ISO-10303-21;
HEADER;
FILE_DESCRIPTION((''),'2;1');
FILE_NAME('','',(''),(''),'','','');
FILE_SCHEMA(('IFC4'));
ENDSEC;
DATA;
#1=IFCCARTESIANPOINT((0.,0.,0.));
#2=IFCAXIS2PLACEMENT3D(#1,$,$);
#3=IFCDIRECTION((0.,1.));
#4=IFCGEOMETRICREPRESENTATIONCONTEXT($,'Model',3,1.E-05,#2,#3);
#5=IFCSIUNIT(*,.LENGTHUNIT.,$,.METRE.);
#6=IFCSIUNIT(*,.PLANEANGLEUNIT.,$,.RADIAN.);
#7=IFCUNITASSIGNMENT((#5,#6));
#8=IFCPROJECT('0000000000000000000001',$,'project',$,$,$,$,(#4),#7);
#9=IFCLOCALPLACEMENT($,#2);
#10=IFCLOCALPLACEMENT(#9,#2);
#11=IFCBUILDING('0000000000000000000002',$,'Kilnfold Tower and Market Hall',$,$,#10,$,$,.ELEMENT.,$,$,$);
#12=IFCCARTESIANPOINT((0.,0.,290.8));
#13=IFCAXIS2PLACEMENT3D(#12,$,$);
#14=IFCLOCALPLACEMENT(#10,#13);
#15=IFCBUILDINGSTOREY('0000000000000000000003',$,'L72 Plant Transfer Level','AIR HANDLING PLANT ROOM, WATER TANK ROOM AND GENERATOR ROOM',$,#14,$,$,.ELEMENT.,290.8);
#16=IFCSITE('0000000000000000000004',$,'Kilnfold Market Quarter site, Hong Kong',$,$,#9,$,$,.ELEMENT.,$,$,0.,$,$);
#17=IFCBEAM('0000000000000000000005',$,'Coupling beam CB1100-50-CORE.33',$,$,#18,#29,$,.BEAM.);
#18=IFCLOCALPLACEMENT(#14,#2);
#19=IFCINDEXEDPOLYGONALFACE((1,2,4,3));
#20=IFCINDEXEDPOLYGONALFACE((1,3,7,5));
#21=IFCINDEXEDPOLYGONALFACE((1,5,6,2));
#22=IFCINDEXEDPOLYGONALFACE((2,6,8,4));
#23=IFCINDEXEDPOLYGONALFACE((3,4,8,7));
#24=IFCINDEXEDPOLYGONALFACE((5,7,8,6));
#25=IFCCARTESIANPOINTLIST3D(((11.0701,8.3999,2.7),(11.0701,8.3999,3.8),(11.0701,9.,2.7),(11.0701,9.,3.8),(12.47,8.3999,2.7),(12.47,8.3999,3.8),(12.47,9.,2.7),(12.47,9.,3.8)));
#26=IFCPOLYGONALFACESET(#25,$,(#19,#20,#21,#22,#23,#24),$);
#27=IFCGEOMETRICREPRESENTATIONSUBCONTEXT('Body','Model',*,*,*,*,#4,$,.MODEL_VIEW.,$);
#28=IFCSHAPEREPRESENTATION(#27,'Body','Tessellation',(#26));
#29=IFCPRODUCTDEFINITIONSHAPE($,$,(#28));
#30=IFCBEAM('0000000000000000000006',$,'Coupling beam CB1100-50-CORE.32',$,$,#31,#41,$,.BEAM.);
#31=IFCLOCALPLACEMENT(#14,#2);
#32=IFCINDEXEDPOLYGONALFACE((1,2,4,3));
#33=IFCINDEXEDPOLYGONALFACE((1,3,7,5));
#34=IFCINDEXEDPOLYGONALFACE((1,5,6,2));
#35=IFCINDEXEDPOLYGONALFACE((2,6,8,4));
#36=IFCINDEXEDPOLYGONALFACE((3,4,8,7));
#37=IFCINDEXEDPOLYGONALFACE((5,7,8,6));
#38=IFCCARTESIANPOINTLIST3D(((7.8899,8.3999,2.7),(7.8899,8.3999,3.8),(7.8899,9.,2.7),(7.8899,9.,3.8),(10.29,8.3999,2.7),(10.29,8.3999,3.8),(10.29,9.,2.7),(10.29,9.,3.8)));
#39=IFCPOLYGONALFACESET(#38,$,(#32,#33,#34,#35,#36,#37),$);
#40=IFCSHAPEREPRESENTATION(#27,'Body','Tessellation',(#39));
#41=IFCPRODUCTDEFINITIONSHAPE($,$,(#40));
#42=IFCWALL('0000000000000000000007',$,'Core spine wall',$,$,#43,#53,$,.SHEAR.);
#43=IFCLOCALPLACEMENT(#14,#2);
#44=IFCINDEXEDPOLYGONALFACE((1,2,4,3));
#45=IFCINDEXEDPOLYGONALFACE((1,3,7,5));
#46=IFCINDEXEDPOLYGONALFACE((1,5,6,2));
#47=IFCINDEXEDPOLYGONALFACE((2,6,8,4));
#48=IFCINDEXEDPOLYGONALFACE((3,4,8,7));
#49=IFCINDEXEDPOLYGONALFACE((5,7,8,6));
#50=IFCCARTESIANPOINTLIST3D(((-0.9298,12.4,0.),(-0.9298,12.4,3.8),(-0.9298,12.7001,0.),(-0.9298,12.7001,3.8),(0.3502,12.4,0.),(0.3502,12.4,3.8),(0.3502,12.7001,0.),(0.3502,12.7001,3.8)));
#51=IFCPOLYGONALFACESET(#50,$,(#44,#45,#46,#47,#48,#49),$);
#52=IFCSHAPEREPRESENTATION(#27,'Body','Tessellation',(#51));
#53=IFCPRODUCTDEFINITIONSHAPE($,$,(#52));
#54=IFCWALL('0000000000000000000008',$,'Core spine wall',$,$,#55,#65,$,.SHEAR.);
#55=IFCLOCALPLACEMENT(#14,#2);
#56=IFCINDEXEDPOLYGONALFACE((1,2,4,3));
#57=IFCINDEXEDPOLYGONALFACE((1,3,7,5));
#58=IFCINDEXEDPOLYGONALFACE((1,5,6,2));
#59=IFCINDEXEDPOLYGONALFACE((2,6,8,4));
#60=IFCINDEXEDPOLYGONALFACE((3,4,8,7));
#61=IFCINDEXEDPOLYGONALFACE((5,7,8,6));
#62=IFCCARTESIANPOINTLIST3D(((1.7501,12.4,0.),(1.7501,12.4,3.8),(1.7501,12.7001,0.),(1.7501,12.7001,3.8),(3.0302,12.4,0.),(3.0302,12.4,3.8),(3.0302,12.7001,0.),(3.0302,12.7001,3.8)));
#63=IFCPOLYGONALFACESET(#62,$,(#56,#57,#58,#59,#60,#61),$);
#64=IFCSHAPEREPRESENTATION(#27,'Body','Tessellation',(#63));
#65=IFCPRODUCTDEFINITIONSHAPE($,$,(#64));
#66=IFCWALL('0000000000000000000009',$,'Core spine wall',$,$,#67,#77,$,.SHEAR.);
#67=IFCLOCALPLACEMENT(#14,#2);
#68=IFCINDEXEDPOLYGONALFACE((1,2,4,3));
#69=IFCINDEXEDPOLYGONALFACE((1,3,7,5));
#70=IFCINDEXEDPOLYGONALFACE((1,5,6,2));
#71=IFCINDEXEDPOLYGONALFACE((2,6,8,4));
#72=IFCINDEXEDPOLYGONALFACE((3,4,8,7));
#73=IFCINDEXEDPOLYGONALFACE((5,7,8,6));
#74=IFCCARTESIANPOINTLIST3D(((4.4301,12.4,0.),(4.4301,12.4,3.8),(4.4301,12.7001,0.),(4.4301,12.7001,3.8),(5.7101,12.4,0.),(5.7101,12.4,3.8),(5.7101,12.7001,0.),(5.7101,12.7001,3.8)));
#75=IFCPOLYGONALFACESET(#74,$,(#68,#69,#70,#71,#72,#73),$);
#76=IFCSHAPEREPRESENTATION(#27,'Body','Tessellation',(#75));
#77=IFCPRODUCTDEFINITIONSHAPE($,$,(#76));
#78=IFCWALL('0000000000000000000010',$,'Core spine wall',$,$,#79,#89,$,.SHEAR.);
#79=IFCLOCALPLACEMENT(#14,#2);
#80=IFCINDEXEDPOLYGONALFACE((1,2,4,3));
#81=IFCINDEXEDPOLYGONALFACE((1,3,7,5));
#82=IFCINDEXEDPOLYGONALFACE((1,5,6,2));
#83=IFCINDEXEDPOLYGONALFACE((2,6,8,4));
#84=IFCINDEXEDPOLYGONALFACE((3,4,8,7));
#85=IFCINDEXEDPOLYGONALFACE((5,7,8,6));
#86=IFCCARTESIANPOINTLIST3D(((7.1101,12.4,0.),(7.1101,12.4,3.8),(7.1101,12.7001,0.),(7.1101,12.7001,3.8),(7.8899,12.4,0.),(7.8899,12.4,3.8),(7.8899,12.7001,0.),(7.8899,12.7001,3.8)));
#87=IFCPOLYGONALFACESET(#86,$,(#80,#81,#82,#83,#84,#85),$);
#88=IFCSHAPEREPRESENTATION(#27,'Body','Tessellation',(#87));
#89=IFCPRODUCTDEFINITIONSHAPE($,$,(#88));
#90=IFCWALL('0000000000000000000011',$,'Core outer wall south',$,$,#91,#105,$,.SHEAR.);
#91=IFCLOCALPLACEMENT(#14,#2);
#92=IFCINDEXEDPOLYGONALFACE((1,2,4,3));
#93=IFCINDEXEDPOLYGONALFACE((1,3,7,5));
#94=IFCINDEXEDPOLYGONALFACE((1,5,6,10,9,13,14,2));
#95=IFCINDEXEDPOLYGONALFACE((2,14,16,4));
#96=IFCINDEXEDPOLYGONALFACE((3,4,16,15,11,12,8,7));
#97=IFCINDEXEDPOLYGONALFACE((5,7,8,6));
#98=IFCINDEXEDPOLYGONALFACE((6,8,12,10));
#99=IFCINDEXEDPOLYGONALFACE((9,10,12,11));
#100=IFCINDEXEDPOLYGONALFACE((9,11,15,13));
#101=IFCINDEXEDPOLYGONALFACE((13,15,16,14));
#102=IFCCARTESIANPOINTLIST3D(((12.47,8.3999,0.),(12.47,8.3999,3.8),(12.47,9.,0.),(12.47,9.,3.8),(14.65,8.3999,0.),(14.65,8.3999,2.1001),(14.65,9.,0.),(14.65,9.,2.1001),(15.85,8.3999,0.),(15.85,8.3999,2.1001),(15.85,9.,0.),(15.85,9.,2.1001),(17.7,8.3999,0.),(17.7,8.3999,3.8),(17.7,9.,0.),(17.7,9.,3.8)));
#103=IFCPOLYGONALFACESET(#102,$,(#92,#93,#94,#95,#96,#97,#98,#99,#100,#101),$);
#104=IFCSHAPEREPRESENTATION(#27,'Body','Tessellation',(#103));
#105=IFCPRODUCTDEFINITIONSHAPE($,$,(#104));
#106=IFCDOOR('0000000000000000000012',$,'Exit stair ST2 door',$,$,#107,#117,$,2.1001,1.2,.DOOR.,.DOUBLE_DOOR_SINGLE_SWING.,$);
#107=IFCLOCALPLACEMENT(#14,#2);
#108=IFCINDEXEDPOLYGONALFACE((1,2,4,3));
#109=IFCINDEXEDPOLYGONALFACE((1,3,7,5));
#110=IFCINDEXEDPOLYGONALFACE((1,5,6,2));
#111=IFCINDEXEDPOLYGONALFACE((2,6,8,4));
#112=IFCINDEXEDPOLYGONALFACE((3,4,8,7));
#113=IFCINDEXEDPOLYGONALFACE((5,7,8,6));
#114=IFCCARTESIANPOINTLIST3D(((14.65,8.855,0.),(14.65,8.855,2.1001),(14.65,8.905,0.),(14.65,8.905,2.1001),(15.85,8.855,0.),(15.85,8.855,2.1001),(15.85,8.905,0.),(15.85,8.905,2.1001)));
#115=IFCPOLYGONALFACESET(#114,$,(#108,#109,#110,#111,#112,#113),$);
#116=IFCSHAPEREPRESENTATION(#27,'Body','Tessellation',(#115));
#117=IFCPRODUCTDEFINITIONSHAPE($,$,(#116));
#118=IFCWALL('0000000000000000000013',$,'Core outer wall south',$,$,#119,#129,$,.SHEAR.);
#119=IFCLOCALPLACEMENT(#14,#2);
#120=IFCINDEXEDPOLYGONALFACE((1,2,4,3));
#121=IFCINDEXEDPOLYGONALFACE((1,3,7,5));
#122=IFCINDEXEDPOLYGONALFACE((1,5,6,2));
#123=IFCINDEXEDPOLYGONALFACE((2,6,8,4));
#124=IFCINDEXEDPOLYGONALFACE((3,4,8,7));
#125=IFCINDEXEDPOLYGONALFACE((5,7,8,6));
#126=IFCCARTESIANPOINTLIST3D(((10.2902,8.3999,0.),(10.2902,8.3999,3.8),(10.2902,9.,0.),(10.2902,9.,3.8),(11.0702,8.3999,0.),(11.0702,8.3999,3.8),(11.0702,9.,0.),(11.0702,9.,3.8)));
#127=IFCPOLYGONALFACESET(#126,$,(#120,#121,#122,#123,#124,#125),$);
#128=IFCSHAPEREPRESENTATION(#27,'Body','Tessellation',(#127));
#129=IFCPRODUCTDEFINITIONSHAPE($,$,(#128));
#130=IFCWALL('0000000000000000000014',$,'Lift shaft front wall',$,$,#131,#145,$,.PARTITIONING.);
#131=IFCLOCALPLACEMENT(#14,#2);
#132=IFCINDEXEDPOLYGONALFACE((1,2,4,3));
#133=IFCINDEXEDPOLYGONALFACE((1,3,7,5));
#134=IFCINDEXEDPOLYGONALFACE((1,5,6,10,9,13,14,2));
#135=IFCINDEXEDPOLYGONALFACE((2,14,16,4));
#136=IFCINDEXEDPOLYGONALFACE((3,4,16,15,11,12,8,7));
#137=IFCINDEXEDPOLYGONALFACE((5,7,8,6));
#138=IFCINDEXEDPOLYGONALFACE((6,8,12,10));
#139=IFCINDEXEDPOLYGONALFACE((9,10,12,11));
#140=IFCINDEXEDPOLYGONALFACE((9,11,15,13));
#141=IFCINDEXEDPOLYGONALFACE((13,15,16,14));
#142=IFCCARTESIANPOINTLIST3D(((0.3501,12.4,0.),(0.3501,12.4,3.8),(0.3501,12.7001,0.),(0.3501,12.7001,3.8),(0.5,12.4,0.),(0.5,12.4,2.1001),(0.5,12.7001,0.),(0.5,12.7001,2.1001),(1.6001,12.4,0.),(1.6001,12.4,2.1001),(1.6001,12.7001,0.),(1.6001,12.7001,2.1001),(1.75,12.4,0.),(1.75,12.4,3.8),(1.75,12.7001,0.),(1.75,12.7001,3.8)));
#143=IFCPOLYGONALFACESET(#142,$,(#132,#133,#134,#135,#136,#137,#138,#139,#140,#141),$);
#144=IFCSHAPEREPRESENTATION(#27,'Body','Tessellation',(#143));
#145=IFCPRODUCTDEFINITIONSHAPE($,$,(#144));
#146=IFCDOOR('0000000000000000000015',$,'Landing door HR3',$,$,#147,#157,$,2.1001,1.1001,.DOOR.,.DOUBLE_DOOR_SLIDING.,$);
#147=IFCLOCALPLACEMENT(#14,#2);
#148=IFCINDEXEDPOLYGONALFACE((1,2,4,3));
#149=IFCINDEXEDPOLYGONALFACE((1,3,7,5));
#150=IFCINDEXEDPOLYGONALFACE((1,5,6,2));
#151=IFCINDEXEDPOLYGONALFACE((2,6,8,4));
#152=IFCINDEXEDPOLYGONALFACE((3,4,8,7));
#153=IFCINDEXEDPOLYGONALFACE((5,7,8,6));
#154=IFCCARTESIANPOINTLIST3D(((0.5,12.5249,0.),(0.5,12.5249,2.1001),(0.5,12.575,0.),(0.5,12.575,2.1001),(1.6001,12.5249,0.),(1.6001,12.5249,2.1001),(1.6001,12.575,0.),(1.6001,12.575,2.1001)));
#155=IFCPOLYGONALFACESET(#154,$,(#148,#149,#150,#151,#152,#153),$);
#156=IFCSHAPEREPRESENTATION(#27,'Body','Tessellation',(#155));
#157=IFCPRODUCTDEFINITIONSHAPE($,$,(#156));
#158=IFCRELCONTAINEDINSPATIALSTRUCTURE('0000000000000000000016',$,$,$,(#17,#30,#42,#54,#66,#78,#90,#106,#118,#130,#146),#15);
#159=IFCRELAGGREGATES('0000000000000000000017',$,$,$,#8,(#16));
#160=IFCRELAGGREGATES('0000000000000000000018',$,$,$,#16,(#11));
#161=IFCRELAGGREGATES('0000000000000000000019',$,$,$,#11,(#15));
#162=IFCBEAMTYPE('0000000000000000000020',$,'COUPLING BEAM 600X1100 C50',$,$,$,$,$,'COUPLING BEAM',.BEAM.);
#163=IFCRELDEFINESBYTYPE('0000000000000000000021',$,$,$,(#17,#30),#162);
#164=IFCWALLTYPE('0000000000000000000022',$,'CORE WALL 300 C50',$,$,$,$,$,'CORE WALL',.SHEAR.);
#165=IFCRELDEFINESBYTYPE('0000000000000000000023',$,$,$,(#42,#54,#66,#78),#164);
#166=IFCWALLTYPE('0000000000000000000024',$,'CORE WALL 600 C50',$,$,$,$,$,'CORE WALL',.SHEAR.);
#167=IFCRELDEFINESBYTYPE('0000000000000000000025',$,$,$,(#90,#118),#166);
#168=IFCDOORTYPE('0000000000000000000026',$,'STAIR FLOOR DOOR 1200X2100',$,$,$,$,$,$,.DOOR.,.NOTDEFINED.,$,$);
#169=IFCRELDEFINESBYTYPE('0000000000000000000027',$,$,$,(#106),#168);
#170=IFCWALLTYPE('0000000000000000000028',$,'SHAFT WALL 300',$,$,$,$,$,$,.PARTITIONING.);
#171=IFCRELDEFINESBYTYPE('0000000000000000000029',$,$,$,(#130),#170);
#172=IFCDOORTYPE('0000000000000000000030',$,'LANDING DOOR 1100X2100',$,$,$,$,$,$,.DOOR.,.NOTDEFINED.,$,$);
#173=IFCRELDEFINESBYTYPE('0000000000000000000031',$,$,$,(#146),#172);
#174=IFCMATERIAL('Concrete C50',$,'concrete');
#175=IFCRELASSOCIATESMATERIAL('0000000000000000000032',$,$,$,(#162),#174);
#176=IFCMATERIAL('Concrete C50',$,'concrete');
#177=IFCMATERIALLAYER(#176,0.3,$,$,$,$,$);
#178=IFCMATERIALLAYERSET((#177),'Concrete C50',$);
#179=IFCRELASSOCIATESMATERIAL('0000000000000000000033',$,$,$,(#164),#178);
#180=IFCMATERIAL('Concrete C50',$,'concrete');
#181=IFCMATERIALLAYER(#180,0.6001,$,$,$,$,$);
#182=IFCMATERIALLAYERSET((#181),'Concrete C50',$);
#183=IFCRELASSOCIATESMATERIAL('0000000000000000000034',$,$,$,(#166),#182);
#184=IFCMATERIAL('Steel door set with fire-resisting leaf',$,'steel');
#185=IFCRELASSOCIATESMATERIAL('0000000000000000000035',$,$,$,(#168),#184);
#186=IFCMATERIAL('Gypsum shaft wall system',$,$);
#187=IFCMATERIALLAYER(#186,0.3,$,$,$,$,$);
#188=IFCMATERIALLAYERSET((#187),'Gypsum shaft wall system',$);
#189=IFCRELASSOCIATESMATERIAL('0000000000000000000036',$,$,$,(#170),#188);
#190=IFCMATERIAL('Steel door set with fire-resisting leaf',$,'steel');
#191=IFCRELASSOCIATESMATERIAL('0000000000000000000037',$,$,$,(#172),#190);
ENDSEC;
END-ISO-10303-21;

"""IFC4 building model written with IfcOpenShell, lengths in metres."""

from ifc_helpers import new_model, si_unit, direction, frame, frame_2d, origin, origin_2d, place, context, subcontext, project, spatial, rectangle, extrude, source, transform, mapped, material, layer, layer_set, material_profile, profile_set, type_object, element, fill, save


model = new_model("IFC4")

# Units and contexts
model_context = context("Model", 3, precision=1e-05, world=origin(), true_north=direction((0.0, 1.0)))
body_context = subcontext(model_context, "Body", "Model", "MODEL_VIEW")
ifc_project = project(units=[si_unit("LENGTHUNIT", "METRE"), si_unit("PLANEANGLEUNIT", "RADIAN")], contexts=[model_context])

# Site, building, storey
site_placement = place(None, origin())
site = spatial("IfcSite", under=ifc_project, at=site_placement, Name="Kilnfold Market Quarter site, Hong Kong", CompositionType="ELEMENT", RefElevation=0.0)
building_placement = place(site_placement, origin())
building = spatial("IfcBuilding", under=site, at=building_placement, Name="Kilnfold Tower and Market Hall", CompositionType="ELEMENT")
storey_placement = place(building_placement, frame((0.0, 0.0, 290.8)))
storey = spatial("IfcBuildingStorey", under=building, at=storey_placement, Name="L72 Plant Transfer Level", Description="AIR HANDLING PLANT ROOM, WATER TANK ROOM AND GENERATOR ROOM", CompositionType="ELEMENT", Elevation=290.8)

# Beams
ifc_material_1 = material(Name="Concrete C50", Category="concrete")
ifc_material_profile = material_profile(ifc_material_1, rectangle(XDim=0.6001, YDim=1.1001, at=origin_2d()), Name="RC 600x1100")
ifc_profile_set = profile_set([ifc_material_profile], Name="Concrete C50")
beam_type = type_object("IfcBeamType", Name="COUPLING BEAM 600X1100 C50", ElementType="COUPLING BEAM", PredefinedType="BEAM", material=ifc_profile_set)
shared_shape_1 = source(origin(), body_context, "Body", "SweptSolid", [
    extrude(rectangle(XDim=0.6001, YDim=1.1001, at=origin_2d()), origin(), (0.0, 0.0, 1.0), 1.3999),
])
beam_1_placement = place(storey_placement, frame((11.0701, 8.7, 3.25), z_axis=(1.0, 0.0, 0.0), x_axis=(0.0, 1.0, 0.0)))
element("IfcBeam", 1, at=beam_1_placement, inside=storey, type_object=beam_type, Name="Coupling beam CB1100-50-CORE.33", PredefinedType="BEAM", context=body_context, shape_type="MappedRepresentation", body=[
    mapped(shared_shape_1, transform((0.0, 0.0, 0.0))),
])
shared_shape_2 = source(origin(), body_context, "Body", "SweptSolid", [
    extrude(rectangle(XDim=0.6001, YDim=1.1001, at=origin_2d()), origin(), (0.0, 0.0, 1.0), 2.4001),
])
beam_2_placement = place(storey_placement, frame((7.8899, 8.7, 3.25), z_axis=(1.0, 0.0, 0.0), x_axis=(0.0, 1.0, 0.0)))
element("IfcBeam", 2, at=beam_2_placement, inside=storey, type_object=beam_type, Name="Coupling beam CB1100-50-CORE.32", PredefinedType="BEAM", context=body_context, shape_type="MappedRepresentation", body=[
    mapped(shared_shape_2, transform((0.0, 0.0, 0.0))),
])

# Walls
ifc_material_2 = material(Name="Concrete C50", Category="concrete")
ifc_layer_1 = layer(ifc_material_2, 0.3)
ifc_layer_set_1 = layer_set([ifc_layer_1], Name="Concrete C50")
wall_type_1 = type_object("IfcWallType", Name="CORE WALL 300 C50", ElementType="CORE WALL", PredefinedType="SHEAR", material=ifc_layer_set_1)
shared_shape_3 = source(origin(), body_context, "Body", "SweptSolid", [
    extrude(rectangle(XDim=1.28, YDim=0.3, at=frame_2d((0.6401, 0.0))), origin(), (0.0, 0.0, 1.0), 3.8),
])
for number, where, z_axis, x_axis, name in (
    (3, (-0.9299, 12.55, 0.0), (0.0, 0.0, 1.0), (1.0, 0.0, 0.0), "Core spine wall"),
    (4, (1.75, 12.55, 0.0), (0.0, 0.0, 1.0), (1.0, 0.0, 0.0), "Core spine wall"),
    (5, (4.4299, 12.55, 0.0), (0.0, 0.0, 1.0), (1.0, 0.0, 0.0), "Core spine wall"),
):
    element("IfcWall", number, at=place(storey_placement, frame(where, z_axis=z_axis, x_axis=x_axis)), inside=storey, type_object=wall_type_1, Name=name, PredefinedType="SHEAR", context=body_context, shape_type="MappedRepresentation", body=[
        mapped(shared_shape_3, transform((0.0, 0.0, 0.0))),
    ])
shared_shape_4 = source(origin(), body_context, "Body", "SweptSolid", [
    extrude(rectangle(XDim=0.7798, YDim=0.3, at=frame_2d((0.3899, 0.0))), origin(), (0.0, 0.0, 1.0), 3.8),
])
wall_1_placement = place(storey_placement, frame((7.1101, 12.55, 0.0), z_axis=(0.0, 0.0, 1.0), x_axis=(1.0, 0.0, 0.0)))
element("IfcWall", 6, at=wall_1_placement, inside=storey, type_object=wall_type_1, Name="Core spine wall", PredefinedType="SHEAR", context=body_context, shape_type="MappedRepresentation", body=[
    mapped(shared_shape_4, transform((0.0, 0.0, 0.0))),
])

# Wall, opening, door
ifc_material_3 = material(Name="Concrete C50", Category="concrete")
ifc_layer_2 = layer(ifc_material_3, 0.6001)
ifc_layer_set_2 = layer_set([ifc_layer_2], Name="Concrete C50")
wall_type_2 = type_object("IfcWallType", Name="CORE WALL 600 C50", ElementType="CORE WALL", PredefinedType="SHEAR", material=ifc_layer_set_2)
shared_shape_5 = source(origin(), body_context, "Body", "SweptSolid", [
    extrude(rectangle(XDim=5.23, YDim=0.6001, at=frame_2d((2.615, 0.0))), origin(), (0.0, 0.0, 1.0), 3.8),
])
wall_2_placement = place(storey_placement, frame((12.47, 8.7, 0.0), z_axis=(0.0, 0.0, 1.0), x_axis=(1.0, 0.0, 0.0)))
wall_2 = element("IfcWall", 7, at=wall_2_placement, inside=storey, type_object=wall_type_2, Name="Core outer wall south", PredefinedType="SHEAR", context=body_context, shape_type="MappedRepresentation", body=[
    mapped(shared_shape_5, transform((0.0, 0.0, 0.0))),
])
opening_1_placement = place(wall_2_placement, frame((2.1799, 0.0, 0.0)))
opening_1 = element("IfcOpeningElement", 8, at=opening_1_placement, cuts=wall_2, PredefinedType="OPENING", context=body_context, shape_type="SweptSolid", body=[
    extrude(rectangle(XDim=1.2, YDim=2.1001, at=frame_2d((0.6001, 1.05))), frame((0.0, 0.3101, 0.0), z_axis=(0.0, -1.0, 0.0), x_axis=(1.0, 0.0, 0.0)), (0.0, 0.0, 1.0), 0.6201),
])
ifc_material_4 = material(Name="Steel door set with fire-resisting leaf", Category="steel")
door_type_1 = type_object("IfcDoorType", Name="STAIR FLOOR DOOR 1200X2100", OperationType="NOTDEFINED", PredefinedType="DOOR", material=ifc_material_4)
door_1_placement = place(opening_1_placement, origin())
door_1 = element("IfcDoor", 9, at=door_1_placement, inside=storey, type_object=door_type_1, Name="Exit stair ST2 door", OperationType="DOUBLE_DOOR_SINGLE_SWING", OverallHeight=2.1001, OverallWidth=1.2, PredefinedType="DOOR", context=body_context, shape_type="SweptSolid", body=[
    extrude(rectangle(XDim=1.2, YDim=2.1001, at=frame_2d((0.6001, 1.05))), frame((0.0, 0.2051, 0.0), z_axis=(0.0, -1.0, 0.0), x_axis=(1.0, 0.0, 0.0)), (0.0, 0.0, 1.0), 0.05),
])
fill(opening_1, door_1)

# Wall
shared_shape_6 = source(origin(), body_context, "Body", "SweptSolid", [
    extrude(rectangle(XDim=0.78, YDim=0.6001, at=frame_2d((0.3901, 0.0))), origin(), (0.0, 0.0, 1.0), 3.8),
])
wall_3_placement = place(storey_placement, frame((10.29, 8.7, 0.0), z_axis=(0.0, 0.0, 1.0), x_axis=(1.0, 0.0, 0.0)))
element("IfcWall", 10, at=wall_3_placement, inside=storey, type_object=wall_type_2, Name="Core outer wall south", PredefinedType="SHEAR", context=body_context, shape_type="MappedRepresentation", body=[
    mapped(shared_shape_6, transform((0.0, 0.0, 0.0))),
])

# Wall, opening, door
ifc_material_5 = material(Name="Gypsum shaft wall system")
ifc_layer_3 = layer(ifc_material_5, 0.3)
ifc_layer_set_3 = layer_set([ifc_layer_3], Name="Gypsum shaft wall system")
wall_type_3 = type_object("IfcWallType", Name="SHAFT WALL 300", PredefinedType="PARTITIONING", material=ifc_layer_set_3)
shared_shape_7 = source(origin(), body_context, "Body", "SweptSolid", [
    extrude(rectangle(XDim=1.3999, YDim=0.3, at=frame_2d((0.7, 0.0))), origin(), (0.0, 0.0, 1.0), 3.8),
])
wall_4_placement = place(storey_placement, frame((0.3501, 12.55, 0.0), z_axis=(0.0, 0.0, 1.0), x_axis=(1.0, 0.0, 0.0)))
wall_4 = element("IfcWall", 11, at=wall_4_placement, inside=storey, type_object=wall_type_3, Name="Lift shaft front wall", PredefinedType="PARTITIONING", context=body_context, shape_type="MappedRepresentation", body=[
    mapped(shared_shape_7, transform((0.0, 0.0, 0.0))),
])
opening_2_placement = place(wall_4_placement, frame((0.1499, 0.0, 0.0)))
opening_2 = element("IfcOpeningElement", 12, at=opening_2_placement, cuts=wall_4, PredefinedType="OPENING", context=body_context, shape_type="SweptSolid", body=[
    extrude(rectangle(XDim=1.1001, YDim=2.1001, at=frame_2d((0.55, 1.05))), frame((0.0, 0.1602, 0.0), z_axis=(0.0, -1.0, 0.0), x_axis=(1.0, 0.0, 0.0)), (0.0, 0.0, 1.0), 0.3201),
])
ifc_material_6 = material(Name="Steel door set with fire-resisting leaf", Category="steel")
door_type_2 = type_object("IfcDoorType", Name="LANDING DOOR 1100X2100", OperationType="NOTDEFINED", PredefinedType="DOOR", material=ifc_material_6)
door_2_placement = place(opening_2_placement, origin())
door_2 = element("IfcDoor", 13, at=door_2_placement, inside=storey, type_object=door_type_2, Name="Landing door HR3", OperationType="DOUBLE_DOOR_SLIDING", OverallHeight=2.1001, OverallWidth=1.1001, PredefinedType="DOOR", context=body_context, shape_type="SweptSolid", body=[
    extrude(rectangle(XDim=1.1001, YDim=2.1001, at=frame_2d((0.55, 1.05))), frame((0.0, 0.0249, 0.0), z_axis=(0.0, -1.0, 0.0), x_axis=(1.0, 0.0, 0.0)), (0.0, 0.0, 1.0), 0.05),
])
fill(opening_2, door_2)

save(model, "model.ifc")
